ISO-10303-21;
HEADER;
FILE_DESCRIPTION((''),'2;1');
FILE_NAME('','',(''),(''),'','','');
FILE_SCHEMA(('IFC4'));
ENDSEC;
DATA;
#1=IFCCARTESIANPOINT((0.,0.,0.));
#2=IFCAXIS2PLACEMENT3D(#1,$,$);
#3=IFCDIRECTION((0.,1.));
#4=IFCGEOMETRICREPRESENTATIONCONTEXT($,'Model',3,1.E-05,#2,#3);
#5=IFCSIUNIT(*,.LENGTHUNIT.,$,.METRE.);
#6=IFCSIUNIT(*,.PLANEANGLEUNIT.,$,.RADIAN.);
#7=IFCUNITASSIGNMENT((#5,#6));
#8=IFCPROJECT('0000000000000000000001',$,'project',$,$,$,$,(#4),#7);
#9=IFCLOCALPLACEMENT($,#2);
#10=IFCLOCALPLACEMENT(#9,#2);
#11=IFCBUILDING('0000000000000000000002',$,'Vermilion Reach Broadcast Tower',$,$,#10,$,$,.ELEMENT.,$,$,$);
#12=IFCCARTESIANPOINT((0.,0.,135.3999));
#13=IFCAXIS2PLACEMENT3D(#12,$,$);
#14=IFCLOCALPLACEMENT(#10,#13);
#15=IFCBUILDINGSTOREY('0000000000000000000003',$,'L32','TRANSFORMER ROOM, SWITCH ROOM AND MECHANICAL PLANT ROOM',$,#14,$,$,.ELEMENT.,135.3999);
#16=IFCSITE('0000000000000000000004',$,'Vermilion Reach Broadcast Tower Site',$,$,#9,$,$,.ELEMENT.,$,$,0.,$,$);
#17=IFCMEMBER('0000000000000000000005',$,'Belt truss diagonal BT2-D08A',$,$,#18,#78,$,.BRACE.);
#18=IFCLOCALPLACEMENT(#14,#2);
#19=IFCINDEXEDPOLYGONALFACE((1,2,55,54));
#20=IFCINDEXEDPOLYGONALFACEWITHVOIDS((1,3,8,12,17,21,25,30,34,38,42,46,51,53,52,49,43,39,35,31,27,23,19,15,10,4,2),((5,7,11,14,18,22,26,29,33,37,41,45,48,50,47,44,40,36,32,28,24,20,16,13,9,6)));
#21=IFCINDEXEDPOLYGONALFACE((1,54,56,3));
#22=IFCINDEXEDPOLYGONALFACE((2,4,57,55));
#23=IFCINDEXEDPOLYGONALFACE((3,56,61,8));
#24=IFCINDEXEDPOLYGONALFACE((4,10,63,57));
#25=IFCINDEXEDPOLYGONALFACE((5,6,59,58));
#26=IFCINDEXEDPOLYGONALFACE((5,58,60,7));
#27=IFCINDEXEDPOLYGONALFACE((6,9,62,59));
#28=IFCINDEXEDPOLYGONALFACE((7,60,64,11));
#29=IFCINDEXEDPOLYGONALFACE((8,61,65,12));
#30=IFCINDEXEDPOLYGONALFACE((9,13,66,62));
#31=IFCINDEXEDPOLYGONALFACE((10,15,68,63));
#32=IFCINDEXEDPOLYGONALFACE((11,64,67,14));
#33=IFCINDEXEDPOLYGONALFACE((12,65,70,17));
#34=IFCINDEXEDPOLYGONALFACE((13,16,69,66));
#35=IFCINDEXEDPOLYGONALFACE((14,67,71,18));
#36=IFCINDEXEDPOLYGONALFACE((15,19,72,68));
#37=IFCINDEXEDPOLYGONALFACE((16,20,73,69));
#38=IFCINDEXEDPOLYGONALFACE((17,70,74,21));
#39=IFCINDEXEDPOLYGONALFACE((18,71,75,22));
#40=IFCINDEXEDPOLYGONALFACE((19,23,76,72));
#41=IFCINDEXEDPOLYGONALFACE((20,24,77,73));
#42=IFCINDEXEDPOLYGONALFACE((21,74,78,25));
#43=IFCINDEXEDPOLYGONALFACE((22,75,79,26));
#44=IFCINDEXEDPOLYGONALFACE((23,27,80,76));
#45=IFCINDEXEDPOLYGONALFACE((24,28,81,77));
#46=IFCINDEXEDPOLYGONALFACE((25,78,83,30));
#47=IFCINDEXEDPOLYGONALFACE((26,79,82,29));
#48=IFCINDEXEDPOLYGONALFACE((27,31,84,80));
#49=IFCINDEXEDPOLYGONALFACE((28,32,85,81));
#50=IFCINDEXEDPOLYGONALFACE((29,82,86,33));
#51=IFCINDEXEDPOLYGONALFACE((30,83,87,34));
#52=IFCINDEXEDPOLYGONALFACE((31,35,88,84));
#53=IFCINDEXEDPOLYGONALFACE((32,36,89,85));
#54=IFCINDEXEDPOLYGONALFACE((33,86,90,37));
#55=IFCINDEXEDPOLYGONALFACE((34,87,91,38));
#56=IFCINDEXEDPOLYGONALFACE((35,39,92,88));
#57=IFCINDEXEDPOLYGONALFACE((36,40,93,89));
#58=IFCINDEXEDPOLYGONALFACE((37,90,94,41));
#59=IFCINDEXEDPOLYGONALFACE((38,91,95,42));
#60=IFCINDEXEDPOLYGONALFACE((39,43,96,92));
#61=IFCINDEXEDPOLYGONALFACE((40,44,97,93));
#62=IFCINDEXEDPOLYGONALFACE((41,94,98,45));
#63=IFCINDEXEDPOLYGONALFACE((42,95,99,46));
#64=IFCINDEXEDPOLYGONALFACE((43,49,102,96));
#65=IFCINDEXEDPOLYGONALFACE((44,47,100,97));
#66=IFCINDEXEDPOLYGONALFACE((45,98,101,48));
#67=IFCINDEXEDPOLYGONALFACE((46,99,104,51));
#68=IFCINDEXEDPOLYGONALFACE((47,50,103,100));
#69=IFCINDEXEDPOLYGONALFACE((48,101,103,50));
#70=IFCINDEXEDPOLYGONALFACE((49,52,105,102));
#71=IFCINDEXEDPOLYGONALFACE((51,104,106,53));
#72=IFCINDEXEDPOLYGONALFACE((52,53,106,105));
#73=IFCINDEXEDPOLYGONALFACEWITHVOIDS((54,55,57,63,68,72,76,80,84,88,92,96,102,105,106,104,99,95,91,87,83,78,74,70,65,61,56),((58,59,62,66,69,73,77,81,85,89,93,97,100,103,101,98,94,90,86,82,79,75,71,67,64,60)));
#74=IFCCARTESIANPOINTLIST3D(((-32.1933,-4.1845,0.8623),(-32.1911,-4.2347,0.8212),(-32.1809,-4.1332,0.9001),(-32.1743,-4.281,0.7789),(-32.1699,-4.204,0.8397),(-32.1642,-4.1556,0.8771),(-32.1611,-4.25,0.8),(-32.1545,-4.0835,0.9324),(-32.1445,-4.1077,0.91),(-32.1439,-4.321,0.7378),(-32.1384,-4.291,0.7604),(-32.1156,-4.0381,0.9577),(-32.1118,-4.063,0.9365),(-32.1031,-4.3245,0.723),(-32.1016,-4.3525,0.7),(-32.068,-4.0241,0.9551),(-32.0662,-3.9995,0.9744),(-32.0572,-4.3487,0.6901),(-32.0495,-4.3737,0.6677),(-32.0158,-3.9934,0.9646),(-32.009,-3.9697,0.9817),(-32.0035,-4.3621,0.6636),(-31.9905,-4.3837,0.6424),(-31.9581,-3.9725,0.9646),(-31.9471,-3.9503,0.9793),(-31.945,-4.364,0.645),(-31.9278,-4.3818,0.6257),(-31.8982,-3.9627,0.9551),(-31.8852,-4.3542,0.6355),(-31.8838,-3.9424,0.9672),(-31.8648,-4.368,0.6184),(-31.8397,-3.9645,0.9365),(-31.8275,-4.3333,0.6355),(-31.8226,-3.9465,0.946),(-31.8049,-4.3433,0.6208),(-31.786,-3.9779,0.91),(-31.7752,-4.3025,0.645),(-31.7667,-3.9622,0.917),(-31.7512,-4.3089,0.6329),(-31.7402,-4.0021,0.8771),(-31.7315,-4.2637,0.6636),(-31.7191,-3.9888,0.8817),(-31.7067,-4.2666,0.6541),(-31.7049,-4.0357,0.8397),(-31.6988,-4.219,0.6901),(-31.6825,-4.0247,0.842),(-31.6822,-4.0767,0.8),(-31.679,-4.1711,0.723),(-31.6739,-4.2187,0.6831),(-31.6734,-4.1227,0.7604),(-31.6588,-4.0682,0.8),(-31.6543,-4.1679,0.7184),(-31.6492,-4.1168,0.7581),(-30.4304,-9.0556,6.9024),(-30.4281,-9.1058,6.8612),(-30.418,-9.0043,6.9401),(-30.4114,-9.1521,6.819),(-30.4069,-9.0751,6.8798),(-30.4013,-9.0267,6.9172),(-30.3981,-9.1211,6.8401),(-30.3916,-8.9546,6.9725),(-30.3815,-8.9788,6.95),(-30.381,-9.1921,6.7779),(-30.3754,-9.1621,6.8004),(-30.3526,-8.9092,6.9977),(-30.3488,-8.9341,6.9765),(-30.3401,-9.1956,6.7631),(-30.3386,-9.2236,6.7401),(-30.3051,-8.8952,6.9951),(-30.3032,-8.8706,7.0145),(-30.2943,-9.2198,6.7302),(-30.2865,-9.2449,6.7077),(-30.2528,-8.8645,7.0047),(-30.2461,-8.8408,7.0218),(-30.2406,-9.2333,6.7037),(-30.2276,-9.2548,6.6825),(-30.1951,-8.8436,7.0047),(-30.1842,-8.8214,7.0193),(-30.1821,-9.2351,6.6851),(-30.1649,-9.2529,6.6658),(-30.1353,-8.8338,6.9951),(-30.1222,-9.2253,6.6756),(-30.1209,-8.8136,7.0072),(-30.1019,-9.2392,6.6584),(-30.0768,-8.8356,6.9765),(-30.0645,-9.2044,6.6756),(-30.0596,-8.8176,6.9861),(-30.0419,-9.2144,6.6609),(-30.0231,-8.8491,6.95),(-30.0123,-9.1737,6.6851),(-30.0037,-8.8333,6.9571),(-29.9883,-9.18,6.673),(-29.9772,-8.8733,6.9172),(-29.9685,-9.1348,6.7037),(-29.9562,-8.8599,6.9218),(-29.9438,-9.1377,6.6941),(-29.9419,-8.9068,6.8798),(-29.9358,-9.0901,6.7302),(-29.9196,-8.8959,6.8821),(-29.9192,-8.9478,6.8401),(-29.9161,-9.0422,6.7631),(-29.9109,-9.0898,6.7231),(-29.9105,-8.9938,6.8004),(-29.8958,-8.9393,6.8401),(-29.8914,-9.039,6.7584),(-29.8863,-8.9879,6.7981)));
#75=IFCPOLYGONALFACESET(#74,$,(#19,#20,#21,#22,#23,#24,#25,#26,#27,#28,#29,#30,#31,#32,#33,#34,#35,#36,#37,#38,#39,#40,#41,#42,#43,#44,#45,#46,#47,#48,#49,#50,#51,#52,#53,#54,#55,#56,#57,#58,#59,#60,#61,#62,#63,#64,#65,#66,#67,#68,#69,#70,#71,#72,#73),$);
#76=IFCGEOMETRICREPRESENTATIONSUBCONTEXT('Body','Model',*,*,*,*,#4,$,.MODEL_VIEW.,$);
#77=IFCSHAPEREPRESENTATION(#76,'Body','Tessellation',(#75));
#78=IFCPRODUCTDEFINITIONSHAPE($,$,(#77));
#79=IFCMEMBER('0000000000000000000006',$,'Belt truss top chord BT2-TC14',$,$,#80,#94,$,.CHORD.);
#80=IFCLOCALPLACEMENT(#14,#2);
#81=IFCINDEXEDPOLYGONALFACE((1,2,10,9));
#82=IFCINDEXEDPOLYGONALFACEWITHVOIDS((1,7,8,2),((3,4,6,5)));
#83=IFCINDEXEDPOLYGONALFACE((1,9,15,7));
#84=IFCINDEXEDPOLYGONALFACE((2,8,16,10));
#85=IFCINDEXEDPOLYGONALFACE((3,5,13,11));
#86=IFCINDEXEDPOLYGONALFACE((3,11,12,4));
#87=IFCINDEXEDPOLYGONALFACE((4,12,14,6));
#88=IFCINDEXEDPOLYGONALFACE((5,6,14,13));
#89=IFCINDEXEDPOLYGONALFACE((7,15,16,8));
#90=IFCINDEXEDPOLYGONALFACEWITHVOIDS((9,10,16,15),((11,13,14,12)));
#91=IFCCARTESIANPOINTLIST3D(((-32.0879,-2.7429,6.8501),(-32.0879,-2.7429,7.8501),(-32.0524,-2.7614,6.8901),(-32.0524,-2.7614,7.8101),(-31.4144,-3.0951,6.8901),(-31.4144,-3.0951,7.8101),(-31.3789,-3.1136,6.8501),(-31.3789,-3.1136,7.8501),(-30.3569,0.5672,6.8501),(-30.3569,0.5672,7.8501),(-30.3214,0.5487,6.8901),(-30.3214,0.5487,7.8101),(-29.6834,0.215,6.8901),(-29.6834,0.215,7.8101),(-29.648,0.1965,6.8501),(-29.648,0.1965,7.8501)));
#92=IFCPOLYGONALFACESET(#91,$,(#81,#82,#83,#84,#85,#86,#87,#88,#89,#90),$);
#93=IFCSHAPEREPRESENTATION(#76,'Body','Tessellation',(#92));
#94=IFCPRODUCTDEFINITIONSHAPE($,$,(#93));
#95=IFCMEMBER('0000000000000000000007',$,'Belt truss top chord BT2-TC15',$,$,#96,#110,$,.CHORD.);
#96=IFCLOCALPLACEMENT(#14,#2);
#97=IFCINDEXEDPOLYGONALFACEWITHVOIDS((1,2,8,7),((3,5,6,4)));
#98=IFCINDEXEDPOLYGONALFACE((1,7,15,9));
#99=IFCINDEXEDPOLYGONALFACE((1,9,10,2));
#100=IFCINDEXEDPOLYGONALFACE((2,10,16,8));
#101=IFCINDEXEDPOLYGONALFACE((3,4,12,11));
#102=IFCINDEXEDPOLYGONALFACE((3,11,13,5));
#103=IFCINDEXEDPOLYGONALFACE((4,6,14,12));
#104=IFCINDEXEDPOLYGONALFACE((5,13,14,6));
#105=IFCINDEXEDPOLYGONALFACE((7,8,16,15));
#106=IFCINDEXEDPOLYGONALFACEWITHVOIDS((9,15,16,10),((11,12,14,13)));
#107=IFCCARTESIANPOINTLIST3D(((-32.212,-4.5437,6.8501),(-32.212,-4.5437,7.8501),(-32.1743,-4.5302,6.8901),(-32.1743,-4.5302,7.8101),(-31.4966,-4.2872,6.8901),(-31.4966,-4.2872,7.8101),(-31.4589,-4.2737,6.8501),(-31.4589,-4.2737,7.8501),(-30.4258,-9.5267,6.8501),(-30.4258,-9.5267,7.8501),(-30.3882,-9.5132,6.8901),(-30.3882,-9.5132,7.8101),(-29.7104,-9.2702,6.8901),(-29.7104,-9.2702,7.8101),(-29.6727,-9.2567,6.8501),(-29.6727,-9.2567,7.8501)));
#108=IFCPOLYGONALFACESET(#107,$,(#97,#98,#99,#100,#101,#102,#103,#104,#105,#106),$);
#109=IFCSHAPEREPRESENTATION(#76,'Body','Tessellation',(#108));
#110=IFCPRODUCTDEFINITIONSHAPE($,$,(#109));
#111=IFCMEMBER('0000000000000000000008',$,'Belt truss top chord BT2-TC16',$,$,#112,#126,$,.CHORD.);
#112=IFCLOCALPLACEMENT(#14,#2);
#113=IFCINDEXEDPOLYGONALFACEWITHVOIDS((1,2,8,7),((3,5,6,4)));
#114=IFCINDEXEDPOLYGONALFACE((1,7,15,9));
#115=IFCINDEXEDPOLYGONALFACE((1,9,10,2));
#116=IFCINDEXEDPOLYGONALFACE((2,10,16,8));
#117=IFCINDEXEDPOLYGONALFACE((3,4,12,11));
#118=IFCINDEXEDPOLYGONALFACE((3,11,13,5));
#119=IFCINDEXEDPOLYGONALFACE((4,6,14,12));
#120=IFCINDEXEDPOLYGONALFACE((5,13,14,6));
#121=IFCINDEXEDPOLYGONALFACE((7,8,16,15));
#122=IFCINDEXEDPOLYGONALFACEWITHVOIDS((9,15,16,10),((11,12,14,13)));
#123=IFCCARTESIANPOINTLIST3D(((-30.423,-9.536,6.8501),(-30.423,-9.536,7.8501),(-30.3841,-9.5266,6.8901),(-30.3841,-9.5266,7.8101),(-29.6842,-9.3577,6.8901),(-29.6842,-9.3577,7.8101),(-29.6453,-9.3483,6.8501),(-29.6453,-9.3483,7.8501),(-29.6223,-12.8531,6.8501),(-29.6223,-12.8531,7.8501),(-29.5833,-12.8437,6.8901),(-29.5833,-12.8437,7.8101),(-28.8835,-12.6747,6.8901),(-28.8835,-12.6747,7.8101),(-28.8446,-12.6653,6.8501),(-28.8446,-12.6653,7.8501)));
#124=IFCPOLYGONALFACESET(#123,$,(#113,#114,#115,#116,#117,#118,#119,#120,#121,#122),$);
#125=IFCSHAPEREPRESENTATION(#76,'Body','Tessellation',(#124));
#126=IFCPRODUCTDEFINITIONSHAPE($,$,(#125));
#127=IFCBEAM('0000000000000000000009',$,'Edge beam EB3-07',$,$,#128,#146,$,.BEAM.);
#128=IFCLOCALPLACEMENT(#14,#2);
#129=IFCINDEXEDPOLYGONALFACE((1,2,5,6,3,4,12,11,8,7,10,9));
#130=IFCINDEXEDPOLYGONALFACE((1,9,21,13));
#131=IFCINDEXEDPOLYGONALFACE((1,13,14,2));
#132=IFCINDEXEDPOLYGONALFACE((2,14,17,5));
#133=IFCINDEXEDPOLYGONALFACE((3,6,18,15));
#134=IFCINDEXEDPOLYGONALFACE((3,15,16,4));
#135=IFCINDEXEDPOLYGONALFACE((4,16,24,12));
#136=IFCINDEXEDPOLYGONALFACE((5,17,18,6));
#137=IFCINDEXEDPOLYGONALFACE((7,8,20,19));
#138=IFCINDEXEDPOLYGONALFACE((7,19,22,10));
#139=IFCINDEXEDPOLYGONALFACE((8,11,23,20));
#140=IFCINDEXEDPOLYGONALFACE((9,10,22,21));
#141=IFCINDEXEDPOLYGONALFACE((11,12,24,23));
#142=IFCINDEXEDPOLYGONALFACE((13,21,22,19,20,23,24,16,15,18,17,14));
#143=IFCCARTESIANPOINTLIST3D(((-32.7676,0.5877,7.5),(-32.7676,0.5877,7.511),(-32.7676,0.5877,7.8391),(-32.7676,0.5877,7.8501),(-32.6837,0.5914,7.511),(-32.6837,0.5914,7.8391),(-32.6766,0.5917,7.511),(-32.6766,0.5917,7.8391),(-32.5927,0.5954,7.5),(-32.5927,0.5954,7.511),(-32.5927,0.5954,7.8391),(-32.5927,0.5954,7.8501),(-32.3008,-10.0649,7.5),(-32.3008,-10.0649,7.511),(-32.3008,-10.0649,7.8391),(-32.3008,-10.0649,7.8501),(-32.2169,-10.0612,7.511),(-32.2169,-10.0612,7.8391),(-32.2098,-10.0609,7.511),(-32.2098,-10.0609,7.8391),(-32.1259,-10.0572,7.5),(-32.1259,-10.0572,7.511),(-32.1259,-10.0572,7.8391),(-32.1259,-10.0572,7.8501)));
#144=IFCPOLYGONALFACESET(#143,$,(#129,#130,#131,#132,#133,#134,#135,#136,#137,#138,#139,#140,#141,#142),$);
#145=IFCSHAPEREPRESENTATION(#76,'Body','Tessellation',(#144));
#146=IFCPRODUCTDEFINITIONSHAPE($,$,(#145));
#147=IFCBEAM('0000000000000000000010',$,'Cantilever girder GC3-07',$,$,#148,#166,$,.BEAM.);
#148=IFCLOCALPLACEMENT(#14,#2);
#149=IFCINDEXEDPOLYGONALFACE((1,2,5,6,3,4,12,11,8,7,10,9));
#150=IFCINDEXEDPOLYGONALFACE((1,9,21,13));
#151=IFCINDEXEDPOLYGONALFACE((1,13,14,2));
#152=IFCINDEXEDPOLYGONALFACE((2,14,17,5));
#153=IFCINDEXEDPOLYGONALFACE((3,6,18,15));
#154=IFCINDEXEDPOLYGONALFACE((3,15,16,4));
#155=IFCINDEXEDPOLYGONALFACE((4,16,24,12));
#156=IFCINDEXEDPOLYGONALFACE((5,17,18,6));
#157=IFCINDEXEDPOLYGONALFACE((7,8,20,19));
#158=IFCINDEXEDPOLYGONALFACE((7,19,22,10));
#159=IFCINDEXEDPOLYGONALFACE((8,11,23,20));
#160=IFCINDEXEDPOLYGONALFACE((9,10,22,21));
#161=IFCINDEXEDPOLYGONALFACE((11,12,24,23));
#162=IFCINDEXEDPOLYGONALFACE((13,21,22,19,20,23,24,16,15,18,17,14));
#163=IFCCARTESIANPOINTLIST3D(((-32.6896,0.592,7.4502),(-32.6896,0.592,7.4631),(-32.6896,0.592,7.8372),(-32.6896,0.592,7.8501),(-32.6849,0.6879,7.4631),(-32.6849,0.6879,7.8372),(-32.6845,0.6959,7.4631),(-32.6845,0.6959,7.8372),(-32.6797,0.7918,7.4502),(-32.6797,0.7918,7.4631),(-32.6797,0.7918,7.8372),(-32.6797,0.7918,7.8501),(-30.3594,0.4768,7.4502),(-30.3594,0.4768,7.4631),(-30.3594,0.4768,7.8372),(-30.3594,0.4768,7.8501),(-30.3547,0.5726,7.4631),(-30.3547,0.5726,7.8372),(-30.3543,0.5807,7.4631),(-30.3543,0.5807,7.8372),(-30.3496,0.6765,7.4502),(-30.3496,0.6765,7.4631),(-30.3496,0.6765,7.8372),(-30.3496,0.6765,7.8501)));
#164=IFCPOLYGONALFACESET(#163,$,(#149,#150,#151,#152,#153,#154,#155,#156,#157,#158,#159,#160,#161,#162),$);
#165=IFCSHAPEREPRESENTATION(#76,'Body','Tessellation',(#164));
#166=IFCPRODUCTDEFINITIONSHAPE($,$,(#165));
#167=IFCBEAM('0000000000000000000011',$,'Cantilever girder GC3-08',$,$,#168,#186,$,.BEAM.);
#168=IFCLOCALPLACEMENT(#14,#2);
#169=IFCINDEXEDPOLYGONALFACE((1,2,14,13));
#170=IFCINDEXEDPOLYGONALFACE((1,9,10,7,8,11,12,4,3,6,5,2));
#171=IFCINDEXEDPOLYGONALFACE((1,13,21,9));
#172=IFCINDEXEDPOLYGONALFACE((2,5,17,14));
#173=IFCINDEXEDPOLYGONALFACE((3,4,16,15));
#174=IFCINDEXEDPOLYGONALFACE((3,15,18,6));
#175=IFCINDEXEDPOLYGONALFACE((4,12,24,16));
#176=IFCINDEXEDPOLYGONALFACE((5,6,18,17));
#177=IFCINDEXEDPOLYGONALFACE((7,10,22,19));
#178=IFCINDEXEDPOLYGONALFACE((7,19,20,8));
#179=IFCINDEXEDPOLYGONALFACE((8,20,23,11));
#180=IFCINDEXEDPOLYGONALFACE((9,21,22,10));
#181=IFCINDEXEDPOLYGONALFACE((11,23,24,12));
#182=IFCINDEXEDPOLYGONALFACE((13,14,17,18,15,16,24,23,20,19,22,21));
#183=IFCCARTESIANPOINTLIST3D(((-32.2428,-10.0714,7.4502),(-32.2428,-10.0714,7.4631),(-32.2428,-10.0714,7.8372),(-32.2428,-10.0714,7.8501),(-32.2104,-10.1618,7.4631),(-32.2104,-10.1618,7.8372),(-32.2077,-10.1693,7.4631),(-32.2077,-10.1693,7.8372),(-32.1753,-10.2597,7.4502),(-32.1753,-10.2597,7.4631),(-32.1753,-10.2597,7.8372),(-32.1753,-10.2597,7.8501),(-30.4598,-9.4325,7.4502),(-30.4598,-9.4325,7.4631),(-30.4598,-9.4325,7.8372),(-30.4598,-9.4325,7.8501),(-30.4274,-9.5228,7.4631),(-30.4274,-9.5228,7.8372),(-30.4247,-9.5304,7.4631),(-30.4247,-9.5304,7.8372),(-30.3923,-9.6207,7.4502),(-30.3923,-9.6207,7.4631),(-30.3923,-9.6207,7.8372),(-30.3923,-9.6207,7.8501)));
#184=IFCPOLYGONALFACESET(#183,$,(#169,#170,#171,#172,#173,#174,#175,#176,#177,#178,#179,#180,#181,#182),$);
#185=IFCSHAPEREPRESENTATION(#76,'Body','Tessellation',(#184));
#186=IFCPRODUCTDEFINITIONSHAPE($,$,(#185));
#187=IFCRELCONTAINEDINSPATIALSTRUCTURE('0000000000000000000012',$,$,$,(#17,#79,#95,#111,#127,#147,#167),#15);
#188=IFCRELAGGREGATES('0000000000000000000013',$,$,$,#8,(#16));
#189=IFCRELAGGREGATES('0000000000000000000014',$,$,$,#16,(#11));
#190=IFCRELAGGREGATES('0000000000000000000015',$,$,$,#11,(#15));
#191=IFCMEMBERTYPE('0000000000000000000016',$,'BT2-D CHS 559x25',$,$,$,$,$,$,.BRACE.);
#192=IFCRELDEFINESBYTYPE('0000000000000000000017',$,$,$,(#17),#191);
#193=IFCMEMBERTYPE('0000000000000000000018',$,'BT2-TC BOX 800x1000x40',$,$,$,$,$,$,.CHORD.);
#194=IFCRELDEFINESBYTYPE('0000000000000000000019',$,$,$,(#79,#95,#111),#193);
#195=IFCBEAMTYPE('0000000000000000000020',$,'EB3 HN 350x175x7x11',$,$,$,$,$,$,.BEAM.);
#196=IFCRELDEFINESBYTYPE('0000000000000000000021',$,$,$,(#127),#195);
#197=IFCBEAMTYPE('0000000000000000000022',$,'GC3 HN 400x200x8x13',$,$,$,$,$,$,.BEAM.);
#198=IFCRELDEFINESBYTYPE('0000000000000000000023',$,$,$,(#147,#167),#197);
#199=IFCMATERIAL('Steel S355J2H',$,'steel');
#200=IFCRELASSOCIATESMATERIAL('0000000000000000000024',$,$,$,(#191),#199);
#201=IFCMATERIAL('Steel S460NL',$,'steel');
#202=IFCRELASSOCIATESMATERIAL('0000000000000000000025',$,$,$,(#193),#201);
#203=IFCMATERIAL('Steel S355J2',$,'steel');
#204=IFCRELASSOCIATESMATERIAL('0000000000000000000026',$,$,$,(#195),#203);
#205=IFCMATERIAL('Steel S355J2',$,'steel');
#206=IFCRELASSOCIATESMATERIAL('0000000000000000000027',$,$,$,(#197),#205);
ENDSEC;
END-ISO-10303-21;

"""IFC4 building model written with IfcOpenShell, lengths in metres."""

from ifc_helpers import new_model, si_unit, direction, frame, origin, origin_2d, place, context, subcontext, project, spatial, hollow_rectangle, hollow_circle, i_section, extrude, material, material_profile, profile_set, type_object, element, save


model = new_model("IFC4")

# Units and contexts
model_context = context("Model", 3, precision=1e-05, world=origin(), true_north=direction((0.0, 1.0)))
body_context = subcontext(model_context, "Body", "Model", "MODEL_VIEW")
ifc_project = project(units=[si_unit("LENGTHUNIT", "METRE"), si_unit("PLANEANGLEUNIT", "RADIAN")], contexts=[model_context])

# Site, building, storey
site_placement = place(None, origin())
site = spatial("IfcSite", under=ifc_project, at=site_placement, Name="Vermilion Reach Broadcast Tower Site", CompositionType="ELEMENT", RefElevation=0.0)
building_placement = place(site_placement, origin())
building = spatial("IfcBuilding", under=site, at=building_placement, Name="Vermilion Reach Broadcast Tower", CompositionType="ELEMENT")
storey_placement = place(building_placement, frame((0.0, 0.0, 135.3999)))
storey = spatial("IfcBuildingStorey", under=building, at=storey_placement, Name="L32", Description="TRANSFORMER ROOM, SWITCH ROOM AND MECHANICAL PLANT ROOM", CompositionType="ELEMENT", Elevation=135.3999)

# Members
ifc_material_1 = material(Name="Steel S355J2H", Category="steel")
ifc_material_profile_1 = material_profile(ifc_material_1, hollow_circle(Radius=0.2795, WallThickness=0.0249, at=origin_2d()), Name="S355J2H CHS 559x25")
ifc_profile_set_1 = profile_set([ifc_material_profile_1], Name="Steel S355J2H")
member_type_1 = type_object("IfcMemberType", Name="BT2-D CHS 559x25", PredefinedType="BRACE", material=ifc_profile_set_1)
member_1_placement = place(storey_placement, frame((-31.9216, -4.1633, 0.8), z_axis=(0.221552, -0.612159, 0.759063), x_axis=(0.940311, 0.340316, 0.0)))
element("IfcMember", 1, at=member_1_placement, inside=storey, type_object=member_type_1, Name="Belt truss diagonal BT2-D08A", PredefinedType="BRACE", context=body_context, shape_type="SweptSolid", body=[
    extrude(hollow_circle(Radius=0.2795, WallThickness=0.0249, at=origin_2d()), origin(), (0.0, 0.0, 1.0), 7.9573),
])
ifc_material_2 = material(Name="Steel S460NL", Category="steel")
ifc_material_profile_2 = material_profile(ifc_material_2, hollow_rectangle(XDim=0.8, YDim=1.0, WallThickness=0.04, at=origin_2d()), Name="S460NL BOX 800x1000x40")
ifc_profile_set_2 = profile_set([ifc_material_profile_2], Name="Steel S460NL")
member_type_2 = type_object("IfcMemberType", Name="BT2-TC BOX 800x1000x40", PredefinedType="CHORD", material=ifc_profile_set_2)
member_2_placement = place(storey_placement, frame((-30.0024, 0.3818, 7.3501), z_axis=(-0.463401, -0.886149, 0.0), x_axis=(0.886149, -0.463401, 0.0)))
element("IfcMember", 2, at=member_2_placement, inside=storey, type_object=member_type_2, Name="Belt truss top chord BT2-TC14", PredefinedType="CHORD", context=body_context, shape_type="SweptSolid", body=[
    extrude(hollow_rectangle(XDim=0.8, YDim=1.0, WallThickness=0.04, at=origin_2d()), origin(), (0.0, 0.0, 1.0), 3.7354),
])
member_3_placement = place(storey_placement, frame((-31.8354, -4.4087, 7.3501), z_axis=(0.337429, -0.941351, 0.0), x_axis=(0.941351, 0.337429, 0.0)))
element("IfcMember", 3, at=member_3_placement, inside=storey, type_object=member_type_2, Name="Belt truss top chord BT2-TC15", PredefinedType="CHORD", context=body_context, shape_type="SweptSolid", body=[
    extrude(hollow_rectangle(XDim=0.8, YDim=1.0, WallThickness=0.04, at=origin_2d()), origin(), (0.0, 0.0, 1.0), 5.2935),
])
member_4_placement = place(storey_placement, frame((-30.0342, -9.4421, 7.3501), z_axis=(0.234666, -0.972076, 0.0), x_axis=(0.972076, 0.234666, 0.0)))
element("IfcMember", 4, at=member_4_placement, inside=storey, type_object=member_type_2, Name="Belt truss top chord BT2-TC16", PredefinedType="CHORD", context=body_context, shape_type="SweptSolid", body=[
    extrude(hollow_rectangle(XDim=0.8, YDim=1.0, WallThickness=0.04, at=origin_2d()), origin(), (0.0, 0.0, 1.0), 3.4124),
])

# Beams
ifc_material_3 = material(Name="Steel S355J2", Category="steel")
ifc_material_profile_3 = material_profile(ifc_material_3, i_section(OverallWidth=0.175, OverallDepth=0.3501, WebThickness=0.0071, FlangeThickness=0.011, at=origin_2d()), Name="S355J2 HN 350x175x7x11")
ifc_profile_set_3 = profile_set([ifc_material_profile_3], Name="Steel S355J2")
beam_type_1 = type_object("IfcBeamType", Name="EB3 HN 350x175x7x11", PredefinedType="BEAM", material=ifc_profile_set_3)
beam_1_placement = place(storey_placement, frame((-32.6802, 0.5916, 7.675), z_axis=(0.043778, -0.999041, 0.0), x_axis=(0.999041, 0.043778, 0.0)))
element("IfcBeam", 5, at=beam_1_placement, inside=storey, type_object=beam_type_1, Name="Edge beam EB3-07", PredefinedType="BEAM", context=body_context, shape_type="SweptSolid", body=[
    extrude(i_section(OverallWidth=0.175, OverallDepth=0.3501, WebThickness=0.0071, FlangeThickness=0.011, at=origin_2d()), origin(), (0.0, 0.0, 1.0), 10.6628),
])
ifc_material_4 = material(Name="Steel S355J2", Category="steel")
ifc_material_profile_4 = material_profile(ifc_material_4, i_section(OverallWidth=0.2, OverallDepth=0.3999, WebThickness=0.0081, FlangeThickness=0.0129, at=origin_2d()), Name="S355J2 HN 400x200x8x13")
ifc_profile_set_4 = profile_set([ifc_material_profile_4], Name="Steel S355J2")
beam_type_2 = type_object("IfcBeamType", Name="GC3 HN 400x200x8x13", PredefinedType="BEAM", material=ifc_profile_set_4)
beam_2_placement = place(storey_placement, frame((-30.3545, 0.5767, 7.6501), z_axis=(-0.998779, 0.049395, 0.0), x_axis=(-0.049395, -0.998779, 0.0)))
element("IfcBeam", 6, at=beam_2_placement, inside=storey, type_object=beam_type_2, Name="Cantilever girder GC3-07", PredefinedType="BEAM", context=body_context, shape_type="SweptSolid", body=[
    extrude(i_section(OverallWidth=0.2, OverallDepth=0.3999, WebThickness=0.0081, FlangeThickness=0.0129, at=origin_2d()), origin(), (0.0, 0.0, 1.0), 2.333),
])
beam_3_placement = place(storey_placement, frame((-30.426, -9.5266, 7.6501), z_axis=(-0.941383, -0.337341, 0.0), x_axis=(0.337341, -0.941383, 0.0)))
element("IfcBeam", 7, at=beam_3_placement, inside=storey, type_object=beam_type_2, Name="Cantilever girder GC3-08", PredefinedType="BEAM", context=body_context, shape_type="SweptSolid", body=[
    extrude(i_section(OverallWidth=0.2, OverallDepth=0.3999, WebThickness=0.0081, FlangeThickness=0.0129, at=origin_2d()), origin(), (0.0, 0.0, 1.0), 1.894),
])

save(model, "model.ifc")
